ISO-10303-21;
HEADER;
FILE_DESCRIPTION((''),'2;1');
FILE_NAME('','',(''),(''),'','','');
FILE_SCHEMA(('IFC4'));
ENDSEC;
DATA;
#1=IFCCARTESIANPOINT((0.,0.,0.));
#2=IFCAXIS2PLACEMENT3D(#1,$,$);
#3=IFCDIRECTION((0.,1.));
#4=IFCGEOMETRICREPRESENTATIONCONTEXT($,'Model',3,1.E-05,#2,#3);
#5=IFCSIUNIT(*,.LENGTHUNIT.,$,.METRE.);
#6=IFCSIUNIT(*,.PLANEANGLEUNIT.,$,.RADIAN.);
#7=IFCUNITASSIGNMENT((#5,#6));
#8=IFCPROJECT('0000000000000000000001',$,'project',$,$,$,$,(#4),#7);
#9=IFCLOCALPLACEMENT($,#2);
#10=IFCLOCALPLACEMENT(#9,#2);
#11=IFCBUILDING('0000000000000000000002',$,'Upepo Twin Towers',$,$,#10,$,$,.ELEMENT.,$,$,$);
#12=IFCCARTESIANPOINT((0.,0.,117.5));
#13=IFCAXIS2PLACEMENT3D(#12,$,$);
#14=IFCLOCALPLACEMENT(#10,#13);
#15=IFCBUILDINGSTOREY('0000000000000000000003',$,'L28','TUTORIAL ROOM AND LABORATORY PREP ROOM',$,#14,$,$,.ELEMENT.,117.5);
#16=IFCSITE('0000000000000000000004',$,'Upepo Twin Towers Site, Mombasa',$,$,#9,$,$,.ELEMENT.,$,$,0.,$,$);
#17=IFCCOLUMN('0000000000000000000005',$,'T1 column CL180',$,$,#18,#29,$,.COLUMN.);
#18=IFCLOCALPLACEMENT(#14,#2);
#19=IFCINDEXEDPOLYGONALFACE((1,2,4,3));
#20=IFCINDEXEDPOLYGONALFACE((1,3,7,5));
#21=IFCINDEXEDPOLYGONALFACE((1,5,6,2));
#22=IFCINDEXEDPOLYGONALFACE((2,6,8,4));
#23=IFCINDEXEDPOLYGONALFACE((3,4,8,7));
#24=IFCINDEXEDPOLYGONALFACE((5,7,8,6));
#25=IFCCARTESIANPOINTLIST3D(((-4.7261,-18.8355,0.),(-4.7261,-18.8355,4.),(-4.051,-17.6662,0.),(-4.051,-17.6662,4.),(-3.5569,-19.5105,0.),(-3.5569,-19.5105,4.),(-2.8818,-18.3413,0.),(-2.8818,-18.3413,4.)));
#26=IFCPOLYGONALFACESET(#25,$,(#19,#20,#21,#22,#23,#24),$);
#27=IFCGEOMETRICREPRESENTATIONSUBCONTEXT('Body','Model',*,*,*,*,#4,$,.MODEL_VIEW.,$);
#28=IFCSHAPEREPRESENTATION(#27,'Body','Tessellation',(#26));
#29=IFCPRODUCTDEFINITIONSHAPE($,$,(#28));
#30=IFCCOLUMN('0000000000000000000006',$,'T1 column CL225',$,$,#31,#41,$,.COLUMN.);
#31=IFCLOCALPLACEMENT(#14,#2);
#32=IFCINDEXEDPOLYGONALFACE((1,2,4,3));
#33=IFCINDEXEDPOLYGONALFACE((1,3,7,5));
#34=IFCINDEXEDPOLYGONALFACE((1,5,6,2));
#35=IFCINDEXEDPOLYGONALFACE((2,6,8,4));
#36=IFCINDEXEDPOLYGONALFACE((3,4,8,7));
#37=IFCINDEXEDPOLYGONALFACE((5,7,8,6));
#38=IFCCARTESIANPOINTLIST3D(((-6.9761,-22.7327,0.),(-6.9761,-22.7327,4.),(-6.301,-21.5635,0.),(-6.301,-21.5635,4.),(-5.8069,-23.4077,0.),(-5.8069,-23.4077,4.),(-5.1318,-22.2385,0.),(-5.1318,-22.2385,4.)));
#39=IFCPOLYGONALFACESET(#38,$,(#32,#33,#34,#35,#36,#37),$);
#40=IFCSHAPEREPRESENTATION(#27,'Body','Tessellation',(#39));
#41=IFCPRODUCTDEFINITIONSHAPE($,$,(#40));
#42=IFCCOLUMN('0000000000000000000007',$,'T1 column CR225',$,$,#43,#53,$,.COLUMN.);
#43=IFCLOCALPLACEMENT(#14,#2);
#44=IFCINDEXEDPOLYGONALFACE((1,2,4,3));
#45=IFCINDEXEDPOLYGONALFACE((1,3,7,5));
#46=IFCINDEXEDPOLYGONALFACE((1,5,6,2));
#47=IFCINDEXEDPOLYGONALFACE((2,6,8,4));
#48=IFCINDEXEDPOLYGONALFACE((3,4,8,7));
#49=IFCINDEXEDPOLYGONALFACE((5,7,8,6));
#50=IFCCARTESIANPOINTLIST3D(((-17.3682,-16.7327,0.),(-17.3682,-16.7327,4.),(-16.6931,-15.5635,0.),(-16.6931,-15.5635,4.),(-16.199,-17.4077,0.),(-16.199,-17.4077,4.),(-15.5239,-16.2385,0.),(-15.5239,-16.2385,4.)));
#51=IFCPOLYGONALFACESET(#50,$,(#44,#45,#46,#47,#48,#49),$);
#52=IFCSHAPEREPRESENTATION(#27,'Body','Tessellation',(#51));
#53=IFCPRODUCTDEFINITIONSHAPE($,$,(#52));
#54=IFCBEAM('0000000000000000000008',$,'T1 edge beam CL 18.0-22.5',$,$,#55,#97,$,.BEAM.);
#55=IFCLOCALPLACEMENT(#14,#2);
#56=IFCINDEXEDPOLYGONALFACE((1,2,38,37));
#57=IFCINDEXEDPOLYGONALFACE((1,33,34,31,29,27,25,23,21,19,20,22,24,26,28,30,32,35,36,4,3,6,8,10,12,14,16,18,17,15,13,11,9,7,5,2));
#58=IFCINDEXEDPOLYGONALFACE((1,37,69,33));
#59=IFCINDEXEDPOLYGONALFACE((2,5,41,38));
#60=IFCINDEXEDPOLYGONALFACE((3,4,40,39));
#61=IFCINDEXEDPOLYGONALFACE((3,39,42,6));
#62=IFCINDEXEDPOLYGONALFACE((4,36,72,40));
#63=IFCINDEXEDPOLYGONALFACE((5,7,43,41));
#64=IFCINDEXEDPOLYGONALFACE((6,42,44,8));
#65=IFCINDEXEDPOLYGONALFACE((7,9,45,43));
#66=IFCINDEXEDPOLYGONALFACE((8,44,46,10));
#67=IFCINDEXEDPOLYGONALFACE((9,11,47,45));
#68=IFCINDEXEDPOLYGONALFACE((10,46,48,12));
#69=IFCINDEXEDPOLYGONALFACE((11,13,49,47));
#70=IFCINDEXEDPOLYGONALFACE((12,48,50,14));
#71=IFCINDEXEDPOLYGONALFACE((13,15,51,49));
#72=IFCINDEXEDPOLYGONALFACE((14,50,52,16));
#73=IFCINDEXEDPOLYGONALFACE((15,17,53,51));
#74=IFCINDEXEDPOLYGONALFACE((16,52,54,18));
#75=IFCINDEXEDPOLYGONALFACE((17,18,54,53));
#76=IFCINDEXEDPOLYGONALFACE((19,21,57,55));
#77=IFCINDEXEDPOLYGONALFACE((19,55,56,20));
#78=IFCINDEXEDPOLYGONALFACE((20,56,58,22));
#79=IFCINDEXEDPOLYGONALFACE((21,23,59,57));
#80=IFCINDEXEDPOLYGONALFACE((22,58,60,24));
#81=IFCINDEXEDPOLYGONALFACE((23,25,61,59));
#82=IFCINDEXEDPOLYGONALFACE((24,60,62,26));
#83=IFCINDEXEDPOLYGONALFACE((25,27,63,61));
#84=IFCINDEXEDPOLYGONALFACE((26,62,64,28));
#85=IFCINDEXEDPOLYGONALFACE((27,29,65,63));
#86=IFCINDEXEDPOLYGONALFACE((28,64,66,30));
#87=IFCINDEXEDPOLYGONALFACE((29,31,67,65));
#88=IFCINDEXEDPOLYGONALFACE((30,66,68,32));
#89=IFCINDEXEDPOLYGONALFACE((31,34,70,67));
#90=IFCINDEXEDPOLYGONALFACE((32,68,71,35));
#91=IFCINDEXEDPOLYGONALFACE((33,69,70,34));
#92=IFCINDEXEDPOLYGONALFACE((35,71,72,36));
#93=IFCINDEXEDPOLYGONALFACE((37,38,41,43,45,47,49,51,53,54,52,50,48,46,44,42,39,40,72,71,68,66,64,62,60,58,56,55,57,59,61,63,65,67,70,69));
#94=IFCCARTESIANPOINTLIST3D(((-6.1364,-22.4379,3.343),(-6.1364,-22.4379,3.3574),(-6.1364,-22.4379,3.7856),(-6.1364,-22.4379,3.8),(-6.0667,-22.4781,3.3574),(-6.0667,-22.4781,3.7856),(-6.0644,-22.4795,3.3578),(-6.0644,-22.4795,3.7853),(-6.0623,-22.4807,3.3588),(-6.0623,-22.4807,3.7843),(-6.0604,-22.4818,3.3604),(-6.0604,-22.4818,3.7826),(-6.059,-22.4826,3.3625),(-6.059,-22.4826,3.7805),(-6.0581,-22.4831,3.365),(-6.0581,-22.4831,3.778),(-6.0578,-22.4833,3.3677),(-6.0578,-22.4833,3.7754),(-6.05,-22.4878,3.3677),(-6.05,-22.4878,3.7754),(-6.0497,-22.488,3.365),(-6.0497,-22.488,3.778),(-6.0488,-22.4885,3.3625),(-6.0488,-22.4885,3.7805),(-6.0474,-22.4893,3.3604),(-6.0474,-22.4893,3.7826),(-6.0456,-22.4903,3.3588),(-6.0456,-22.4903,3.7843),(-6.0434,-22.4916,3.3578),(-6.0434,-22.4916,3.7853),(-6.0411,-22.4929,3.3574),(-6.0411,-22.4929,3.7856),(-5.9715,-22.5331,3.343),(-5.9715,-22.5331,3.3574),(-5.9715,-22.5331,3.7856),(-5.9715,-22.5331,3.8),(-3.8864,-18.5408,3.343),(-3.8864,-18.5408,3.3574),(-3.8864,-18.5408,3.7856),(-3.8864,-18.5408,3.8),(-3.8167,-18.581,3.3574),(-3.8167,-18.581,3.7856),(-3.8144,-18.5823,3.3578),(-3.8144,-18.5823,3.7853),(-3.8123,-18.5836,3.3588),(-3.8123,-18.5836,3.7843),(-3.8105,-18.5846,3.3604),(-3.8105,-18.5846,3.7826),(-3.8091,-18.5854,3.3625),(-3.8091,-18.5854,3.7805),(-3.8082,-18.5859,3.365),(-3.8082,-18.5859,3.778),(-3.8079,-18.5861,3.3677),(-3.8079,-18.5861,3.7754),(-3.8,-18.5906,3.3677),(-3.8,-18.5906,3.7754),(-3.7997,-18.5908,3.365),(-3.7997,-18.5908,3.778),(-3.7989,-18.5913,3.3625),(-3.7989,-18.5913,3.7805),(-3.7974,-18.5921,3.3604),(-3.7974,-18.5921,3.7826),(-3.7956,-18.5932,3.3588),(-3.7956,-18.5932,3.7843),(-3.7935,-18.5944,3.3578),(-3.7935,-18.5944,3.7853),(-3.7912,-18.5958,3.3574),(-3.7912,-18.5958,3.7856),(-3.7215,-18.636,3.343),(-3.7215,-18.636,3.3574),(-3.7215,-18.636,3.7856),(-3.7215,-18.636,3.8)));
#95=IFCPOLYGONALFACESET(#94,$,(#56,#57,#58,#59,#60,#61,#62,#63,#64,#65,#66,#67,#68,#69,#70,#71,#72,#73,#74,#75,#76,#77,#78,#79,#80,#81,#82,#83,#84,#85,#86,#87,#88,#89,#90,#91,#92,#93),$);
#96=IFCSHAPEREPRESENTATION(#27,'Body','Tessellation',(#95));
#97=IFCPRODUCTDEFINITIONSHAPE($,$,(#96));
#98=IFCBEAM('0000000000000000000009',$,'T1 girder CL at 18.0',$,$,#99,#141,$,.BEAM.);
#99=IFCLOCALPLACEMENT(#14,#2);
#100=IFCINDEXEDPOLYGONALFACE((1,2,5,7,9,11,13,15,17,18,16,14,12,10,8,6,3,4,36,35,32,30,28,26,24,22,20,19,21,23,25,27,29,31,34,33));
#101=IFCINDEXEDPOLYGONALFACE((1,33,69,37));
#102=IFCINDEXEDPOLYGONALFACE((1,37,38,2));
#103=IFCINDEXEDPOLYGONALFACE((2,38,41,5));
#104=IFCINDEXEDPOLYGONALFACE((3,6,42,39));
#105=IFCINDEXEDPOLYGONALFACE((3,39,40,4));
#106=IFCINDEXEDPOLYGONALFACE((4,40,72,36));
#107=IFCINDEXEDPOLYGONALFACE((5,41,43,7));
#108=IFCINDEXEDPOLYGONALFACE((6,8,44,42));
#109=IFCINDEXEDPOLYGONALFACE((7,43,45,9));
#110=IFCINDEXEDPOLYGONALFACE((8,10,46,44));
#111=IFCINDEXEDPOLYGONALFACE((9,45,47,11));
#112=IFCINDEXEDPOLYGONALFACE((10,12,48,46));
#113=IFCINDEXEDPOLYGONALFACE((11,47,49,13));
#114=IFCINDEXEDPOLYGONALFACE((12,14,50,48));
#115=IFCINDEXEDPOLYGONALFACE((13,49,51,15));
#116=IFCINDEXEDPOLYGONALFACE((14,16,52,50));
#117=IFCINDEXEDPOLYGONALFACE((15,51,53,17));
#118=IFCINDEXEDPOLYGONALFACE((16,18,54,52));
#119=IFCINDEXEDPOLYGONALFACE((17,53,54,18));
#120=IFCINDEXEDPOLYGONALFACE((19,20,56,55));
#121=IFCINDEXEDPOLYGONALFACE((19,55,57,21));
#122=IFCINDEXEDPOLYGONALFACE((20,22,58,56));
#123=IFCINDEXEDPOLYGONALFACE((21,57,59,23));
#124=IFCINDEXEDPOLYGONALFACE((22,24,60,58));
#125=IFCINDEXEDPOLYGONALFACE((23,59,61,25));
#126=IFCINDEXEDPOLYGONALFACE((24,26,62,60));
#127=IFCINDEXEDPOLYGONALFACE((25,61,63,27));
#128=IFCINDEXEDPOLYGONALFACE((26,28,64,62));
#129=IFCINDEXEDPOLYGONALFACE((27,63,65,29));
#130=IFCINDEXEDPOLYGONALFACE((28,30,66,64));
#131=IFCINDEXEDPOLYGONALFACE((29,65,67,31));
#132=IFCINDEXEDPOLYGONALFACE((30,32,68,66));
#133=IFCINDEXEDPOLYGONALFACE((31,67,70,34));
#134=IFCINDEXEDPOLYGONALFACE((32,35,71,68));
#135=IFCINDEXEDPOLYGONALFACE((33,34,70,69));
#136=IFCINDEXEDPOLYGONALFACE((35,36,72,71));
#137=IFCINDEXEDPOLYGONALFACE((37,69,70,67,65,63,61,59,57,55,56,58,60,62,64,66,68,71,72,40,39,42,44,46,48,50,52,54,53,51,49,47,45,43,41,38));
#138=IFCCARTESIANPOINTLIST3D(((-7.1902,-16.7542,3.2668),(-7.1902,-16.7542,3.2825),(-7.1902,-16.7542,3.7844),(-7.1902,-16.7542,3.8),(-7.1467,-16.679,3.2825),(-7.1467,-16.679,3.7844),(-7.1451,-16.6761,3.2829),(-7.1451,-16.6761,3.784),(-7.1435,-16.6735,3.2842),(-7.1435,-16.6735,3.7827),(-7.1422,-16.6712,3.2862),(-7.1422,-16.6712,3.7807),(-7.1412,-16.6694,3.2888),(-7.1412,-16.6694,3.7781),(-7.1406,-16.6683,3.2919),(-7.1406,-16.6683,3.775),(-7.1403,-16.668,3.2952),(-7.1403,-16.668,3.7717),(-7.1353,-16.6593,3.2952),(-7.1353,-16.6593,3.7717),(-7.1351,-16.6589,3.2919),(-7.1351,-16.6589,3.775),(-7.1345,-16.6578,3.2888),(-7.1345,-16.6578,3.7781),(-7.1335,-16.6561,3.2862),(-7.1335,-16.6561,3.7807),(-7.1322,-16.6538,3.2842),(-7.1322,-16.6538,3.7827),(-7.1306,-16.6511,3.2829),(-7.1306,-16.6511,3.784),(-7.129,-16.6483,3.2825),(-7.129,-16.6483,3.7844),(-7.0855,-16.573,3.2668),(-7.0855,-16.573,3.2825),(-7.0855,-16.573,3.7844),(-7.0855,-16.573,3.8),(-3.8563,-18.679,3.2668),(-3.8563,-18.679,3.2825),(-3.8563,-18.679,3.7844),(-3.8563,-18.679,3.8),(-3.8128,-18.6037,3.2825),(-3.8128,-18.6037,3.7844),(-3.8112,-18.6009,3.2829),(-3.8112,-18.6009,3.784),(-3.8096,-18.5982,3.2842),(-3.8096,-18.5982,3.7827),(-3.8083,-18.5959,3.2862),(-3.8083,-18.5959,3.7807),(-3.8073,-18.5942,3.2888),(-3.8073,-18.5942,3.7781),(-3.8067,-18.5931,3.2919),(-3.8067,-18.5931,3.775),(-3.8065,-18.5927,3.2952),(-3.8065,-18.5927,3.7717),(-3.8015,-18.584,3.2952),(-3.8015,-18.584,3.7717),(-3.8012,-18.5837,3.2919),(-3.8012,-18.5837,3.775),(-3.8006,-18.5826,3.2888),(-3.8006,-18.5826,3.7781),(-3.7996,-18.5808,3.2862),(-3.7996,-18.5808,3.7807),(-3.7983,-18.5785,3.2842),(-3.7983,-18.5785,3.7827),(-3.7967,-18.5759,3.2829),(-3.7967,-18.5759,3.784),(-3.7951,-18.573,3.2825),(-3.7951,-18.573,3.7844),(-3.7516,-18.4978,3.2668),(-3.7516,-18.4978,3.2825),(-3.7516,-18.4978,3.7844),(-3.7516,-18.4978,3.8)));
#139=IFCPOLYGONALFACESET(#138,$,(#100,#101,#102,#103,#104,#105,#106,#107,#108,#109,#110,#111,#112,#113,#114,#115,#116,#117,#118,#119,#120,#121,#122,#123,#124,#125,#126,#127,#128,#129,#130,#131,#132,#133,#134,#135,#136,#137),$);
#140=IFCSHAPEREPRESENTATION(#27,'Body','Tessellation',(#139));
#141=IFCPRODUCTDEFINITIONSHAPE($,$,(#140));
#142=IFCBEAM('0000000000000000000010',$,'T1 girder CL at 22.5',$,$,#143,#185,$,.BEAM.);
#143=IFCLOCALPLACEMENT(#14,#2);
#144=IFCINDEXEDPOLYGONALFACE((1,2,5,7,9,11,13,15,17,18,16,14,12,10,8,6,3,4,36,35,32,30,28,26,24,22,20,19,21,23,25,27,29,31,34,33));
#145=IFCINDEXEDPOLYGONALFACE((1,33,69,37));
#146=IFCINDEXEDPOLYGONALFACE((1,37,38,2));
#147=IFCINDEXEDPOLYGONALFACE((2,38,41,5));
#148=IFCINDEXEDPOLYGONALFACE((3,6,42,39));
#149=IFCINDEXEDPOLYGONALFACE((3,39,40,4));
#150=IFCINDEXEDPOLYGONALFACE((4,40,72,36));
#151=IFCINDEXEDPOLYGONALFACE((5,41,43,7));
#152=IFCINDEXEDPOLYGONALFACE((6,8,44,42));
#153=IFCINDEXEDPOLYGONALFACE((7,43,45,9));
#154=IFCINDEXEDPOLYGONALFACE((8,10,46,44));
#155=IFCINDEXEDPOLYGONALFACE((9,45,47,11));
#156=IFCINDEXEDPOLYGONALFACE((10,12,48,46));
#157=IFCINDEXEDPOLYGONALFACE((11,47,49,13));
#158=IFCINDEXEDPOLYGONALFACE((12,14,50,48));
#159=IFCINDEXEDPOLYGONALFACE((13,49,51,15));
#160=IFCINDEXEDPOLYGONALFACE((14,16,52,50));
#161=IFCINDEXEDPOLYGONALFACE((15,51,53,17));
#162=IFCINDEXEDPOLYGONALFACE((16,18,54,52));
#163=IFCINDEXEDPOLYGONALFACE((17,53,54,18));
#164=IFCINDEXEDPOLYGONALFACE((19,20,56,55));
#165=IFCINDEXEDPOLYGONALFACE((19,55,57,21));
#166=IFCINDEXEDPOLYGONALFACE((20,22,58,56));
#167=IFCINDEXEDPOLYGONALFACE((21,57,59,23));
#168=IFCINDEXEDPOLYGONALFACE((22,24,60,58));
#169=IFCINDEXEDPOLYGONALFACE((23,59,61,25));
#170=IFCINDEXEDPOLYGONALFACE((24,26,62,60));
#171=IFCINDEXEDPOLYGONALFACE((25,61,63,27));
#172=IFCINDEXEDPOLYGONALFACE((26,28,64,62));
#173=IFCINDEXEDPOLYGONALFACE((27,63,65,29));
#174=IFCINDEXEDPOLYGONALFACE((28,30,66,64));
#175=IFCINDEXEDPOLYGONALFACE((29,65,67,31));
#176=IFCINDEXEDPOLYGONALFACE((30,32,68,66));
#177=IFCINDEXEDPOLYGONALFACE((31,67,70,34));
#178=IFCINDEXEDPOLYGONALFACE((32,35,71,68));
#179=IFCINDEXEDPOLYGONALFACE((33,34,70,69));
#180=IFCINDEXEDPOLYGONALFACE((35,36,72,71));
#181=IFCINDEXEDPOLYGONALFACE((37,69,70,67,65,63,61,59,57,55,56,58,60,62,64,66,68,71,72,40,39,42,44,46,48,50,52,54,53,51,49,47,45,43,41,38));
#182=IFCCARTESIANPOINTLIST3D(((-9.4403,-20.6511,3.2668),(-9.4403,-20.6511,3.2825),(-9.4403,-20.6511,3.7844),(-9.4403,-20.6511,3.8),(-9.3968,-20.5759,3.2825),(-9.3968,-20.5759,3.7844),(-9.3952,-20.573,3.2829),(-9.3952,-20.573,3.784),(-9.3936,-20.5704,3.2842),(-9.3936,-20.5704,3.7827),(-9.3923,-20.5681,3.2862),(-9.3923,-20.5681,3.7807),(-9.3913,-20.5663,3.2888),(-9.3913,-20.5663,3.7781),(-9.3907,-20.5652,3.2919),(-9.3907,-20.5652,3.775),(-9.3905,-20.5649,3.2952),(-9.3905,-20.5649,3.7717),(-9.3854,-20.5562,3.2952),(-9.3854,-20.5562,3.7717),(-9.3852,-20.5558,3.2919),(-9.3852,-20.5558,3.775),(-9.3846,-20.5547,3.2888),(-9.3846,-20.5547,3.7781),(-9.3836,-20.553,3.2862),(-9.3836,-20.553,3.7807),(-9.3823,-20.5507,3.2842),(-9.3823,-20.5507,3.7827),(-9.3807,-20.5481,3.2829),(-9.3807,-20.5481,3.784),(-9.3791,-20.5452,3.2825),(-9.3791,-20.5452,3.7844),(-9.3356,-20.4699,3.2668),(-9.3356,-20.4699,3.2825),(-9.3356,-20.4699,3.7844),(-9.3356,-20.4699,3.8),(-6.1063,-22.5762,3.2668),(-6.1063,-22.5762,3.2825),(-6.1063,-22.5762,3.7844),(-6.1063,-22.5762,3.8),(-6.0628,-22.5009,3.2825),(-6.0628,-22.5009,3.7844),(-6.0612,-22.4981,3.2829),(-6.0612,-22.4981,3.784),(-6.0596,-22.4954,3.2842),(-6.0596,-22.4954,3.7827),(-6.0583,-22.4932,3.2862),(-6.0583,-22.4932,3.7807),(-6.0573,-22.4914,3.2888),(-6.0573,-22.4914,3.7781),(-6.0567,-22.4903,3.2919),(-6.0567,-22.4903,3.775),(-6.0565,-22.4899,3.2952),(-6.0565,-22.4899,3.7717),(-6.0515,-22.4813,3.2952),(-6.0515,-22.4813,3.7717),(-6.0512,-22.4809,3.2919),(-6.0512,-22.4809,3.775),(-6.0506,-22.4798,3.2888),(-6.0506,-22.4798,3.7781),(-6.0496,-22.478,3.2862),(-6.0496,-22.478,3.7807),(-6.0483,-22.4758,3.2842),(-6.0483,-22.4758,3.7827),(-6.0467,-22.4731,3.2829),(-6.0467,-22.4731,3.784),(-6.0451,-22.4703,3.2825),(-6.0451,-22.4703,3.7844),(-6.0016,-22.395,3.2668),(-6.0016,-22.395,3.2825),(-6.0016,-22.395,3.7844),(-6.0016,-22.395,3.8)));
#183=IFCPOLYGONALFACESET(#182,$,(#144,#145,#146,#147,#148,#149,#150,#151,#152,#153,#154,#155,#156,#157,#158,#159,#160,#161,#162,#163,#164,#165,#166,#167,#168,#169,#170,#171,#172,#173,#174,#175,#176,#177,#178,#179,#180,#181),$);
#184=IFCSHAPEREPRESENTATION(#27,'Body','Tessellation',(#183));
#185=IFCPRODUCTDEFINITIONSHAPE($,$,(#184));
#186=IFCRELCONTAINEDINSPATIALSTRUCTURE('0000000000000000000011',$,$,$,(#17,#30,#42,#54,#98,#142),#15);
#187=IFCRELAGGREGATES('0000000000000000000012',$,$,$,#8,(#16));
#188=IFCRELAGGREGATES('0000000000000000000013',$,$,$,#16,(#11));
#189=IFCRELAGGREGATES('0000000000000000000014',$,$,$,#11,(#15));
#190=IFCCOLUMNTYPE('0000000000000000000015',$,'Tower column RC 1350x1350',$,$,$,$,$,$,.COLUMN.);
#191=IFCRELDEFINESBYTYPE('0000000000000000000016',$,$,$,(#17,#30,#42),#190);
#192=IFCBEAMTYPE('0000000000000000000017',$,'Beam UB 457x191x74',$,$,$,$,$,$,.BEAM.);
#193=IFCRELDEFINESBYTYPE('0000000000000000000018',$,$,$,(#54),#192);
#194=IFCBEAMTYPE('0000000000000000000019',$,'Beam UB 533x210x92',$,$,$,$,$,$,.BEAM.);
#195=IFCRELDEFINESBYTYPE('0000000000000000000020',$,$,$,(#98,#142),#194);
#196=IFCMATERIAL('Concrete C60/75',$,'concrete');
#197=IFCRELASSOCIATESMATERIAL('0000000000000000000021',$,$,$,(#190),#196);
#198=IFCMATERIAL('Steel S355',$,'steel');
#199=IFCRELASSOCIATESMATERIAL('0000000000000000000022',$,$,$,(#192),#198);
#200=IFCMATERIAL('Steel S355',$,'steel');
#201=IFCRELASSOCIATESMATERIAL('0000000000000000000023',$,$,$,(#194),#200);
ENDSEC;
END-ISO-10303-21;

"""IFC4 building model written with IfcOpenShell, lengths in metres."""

from ifc_helpers import new_model, si_unit, direction, frame, origin, origin_2d, place, context, subcontext, project, spatial, rectangle, i_section, extrude, material, material_profile, profile_set, type_object, element, save


model = new_model("IFC4")

# Units and contexts
model_context = context("Model", 3, precision=1e-05, world=origin(), true_north=direction((0.0, 1.0)))
body_context = subcontext(model_context, "Body", "Model", "MODEL_VIEW")
ifc_project = project(units=[si_unit("LENGTHUNIT", "METRE"), si_unit("PLANEANGLEUNIT", "RADIAN")], contexts=[model_context])

# Site, building, storey
site_placement = place(None, origin())
site = spatial("IfcSite", under=ifc_project, at=site_placement, Name="Upepo Twin Towers Site, Mombasa", CompositionType="ELEMENT", RefElevation=0.0)
building_placement = place(site_placement, origin())
building = spatial("IfcBuilding", under=site, at=building_placement, Name="Upepo Twin Towers", CompositionType="ELEMENT")
storey_placement = place(building_placement, frame((0.0, 0.0, 117.5)))
storey = spatial("IfcBuildingStorey", under=building, at=storey_placement, Name="L28", Description="TUTORIAL ROOM AND LABORATORY PREP ROOM", CompositionType="ELEMENT", Elevation=117.5)

# Columns
ifc_material_1 = material(Name="Concrete C60/75", Category="concrete")
ifc_material_profile_1 = material_profile(ifc_material_1, rectangle(XDim=1.3501, YDim=1.3501, at=origin_2d()), Name="RC 1350x1350")
ifc_profile_set_1 = profile_set([ifc_material_profile_1], Name="Concrete C60/75")
column_type = type_object("IfcColumnType", Name="Tower column RC 1350x1350", PredefinedType="COLUMN", material=ifc_profile_set_1)
for number, where, z_axis, x_axis, name in (
    (1, (-3.804, -18.5884, 0.0), (0.0, 0.0, 1.0), (0.5, 0.866025, 0.0), "T1 column CL180"),
    (2, (-6.054, -22.4856, 0.0), (0.0, 0.0, 1.0), (0.5, 0.866025, 0.0), "T1 column CL225"),
    (3, (-16.446, -16.4856, 0.0), (0.0, 0.0, 1.0), (0.5, 0.866025, 0.0), "T1 column CR225"),
):
    element("IfcColumn", number, at=place(storey_placement, frame(where, z_axis=z_axis, x_axis=x_axis)), inside=storey, type_object=column_type, Name=name, PredefinedType="COLUMN", context=body_context, shape_type="SweptSolid", body=[
        extrude(rectangle(XDim=1.3501, YDim=1.3501, at=origin_2d()), origin(), (0.0, 0.0, 1.0), 4.0),
    ])

# Beams
ifc_material_2 = material(Name="Steel S355", Category="steel")
ifc_material_profile_2 = material_profile(ifc_material_2, i_section(OverallWidth=0.1904, OverallDepth=0.457, WebThickness=0.009, FlangeThickness=0.0144, FilletRadius=0.0103, at=origin_2d()), Name="UB 457x191x74")
ifc_profile_set_2 = profile_set([ifc_material_profile_2], Name="Steel S355")
beam_type_1 = type_object("IfcBeamType", Name="Beam UB 457x191x74", PredefinedType="BEAM", material=ifc_profile_set_2)
beam_1_placement = place(storey_placement, frame((-3.804, -18.5884, 3.5715), z_axis=(-0.49999, -0.866031, 0.0), x_axis=(0.866031, -0.49999, 0.0)))
element("IfcBeam", 4, at=beam_1_placement, inside=storey, type_object=beam_type_1, Name="T1 edge beam CL 18.0-22.5", PredefinedType="BEAM", context=body_context, shape_type="SweptSolid", body=[
    extrude(i_section(OverallWidth=0.1904, OverallDepth=0.457, WebThickness=0.009, FlangeThickness=0.0144, FilletRadius=0.0103, at=origin_2d()), origin(), (0.0, 0.0, 1.0), 4.5),
])
ifc_material_3 = material(Name="Steel S355", Category="steel")
ifc_material_profile_3 = material_profile(ifc_material_3, i_section(OverallWidth=0.2092, OverallDepth=0.5332, WebThickness=0.01, FlangeThickness=0.0156, FilletRadius=0.0127, at=origin_2d()), Name="UB 533x210x92")
ifc_profile_set_3 = profile_set([ifc_material_profile_3], Name="Steel S355")
beam_type_2 = type_object("IfcBeamType", Name="Beam UB 533x210x92", PredefinedType="BEAM", material=ifc_profile_set_3)
beam_2_placement = place(storey_placement, frame((-3.804, -18.5884, 3.5334), z_axis=(-0.866034, 0.499986, 0.0), x_axis=(-0.499986, -0.866034, 0.0)))
element("IfcBeam", 5, at=beam_2_placement, inside=storey, type_object=beam_type_2, Name="T1 girder CL at 18.0", PredefinedType="BEAM", context=body_context, shape_type="SweptSolid", body=[
    extrude(i_section(OverallWidth=0.2092, OverallDepth=0.5332, WebThickness=0.01, FlangeThickness=0.0156, FilletRadius=0.0127, at=origin_2d()), origin(), (0.0, 0.0, 1.0), 3.8496),
])
for number, where, z_axis, x_axis, name in (
    (6, (-6.054, -22.4856, 3.5334), (-0.866006, 0.500034, 0.0), (-0.500034, -0.866006, 0.0), "T1 girder CL at 22.5"),
):
    element("IfcBeam", number, at=place(storey_placement, frame(where, z_axis=z_axis, x_axis=x_axis)), inside=storey, type_object=beam_type_2, Name=name, PredefinedType="BEAM", context=body_context, shape_type="SweptSolid", body=[
        extrude(i_section(OverallWidth=0.2092, OverallDepth=0.5332, WebThickness=0.01, FlangeThickness=0.0156, FilletRadius=0.0127, at=origin_2d()), origin(), (0.0, 0.0, 1.0), 3.8499),
    ])

save(model, "model.ifc")
